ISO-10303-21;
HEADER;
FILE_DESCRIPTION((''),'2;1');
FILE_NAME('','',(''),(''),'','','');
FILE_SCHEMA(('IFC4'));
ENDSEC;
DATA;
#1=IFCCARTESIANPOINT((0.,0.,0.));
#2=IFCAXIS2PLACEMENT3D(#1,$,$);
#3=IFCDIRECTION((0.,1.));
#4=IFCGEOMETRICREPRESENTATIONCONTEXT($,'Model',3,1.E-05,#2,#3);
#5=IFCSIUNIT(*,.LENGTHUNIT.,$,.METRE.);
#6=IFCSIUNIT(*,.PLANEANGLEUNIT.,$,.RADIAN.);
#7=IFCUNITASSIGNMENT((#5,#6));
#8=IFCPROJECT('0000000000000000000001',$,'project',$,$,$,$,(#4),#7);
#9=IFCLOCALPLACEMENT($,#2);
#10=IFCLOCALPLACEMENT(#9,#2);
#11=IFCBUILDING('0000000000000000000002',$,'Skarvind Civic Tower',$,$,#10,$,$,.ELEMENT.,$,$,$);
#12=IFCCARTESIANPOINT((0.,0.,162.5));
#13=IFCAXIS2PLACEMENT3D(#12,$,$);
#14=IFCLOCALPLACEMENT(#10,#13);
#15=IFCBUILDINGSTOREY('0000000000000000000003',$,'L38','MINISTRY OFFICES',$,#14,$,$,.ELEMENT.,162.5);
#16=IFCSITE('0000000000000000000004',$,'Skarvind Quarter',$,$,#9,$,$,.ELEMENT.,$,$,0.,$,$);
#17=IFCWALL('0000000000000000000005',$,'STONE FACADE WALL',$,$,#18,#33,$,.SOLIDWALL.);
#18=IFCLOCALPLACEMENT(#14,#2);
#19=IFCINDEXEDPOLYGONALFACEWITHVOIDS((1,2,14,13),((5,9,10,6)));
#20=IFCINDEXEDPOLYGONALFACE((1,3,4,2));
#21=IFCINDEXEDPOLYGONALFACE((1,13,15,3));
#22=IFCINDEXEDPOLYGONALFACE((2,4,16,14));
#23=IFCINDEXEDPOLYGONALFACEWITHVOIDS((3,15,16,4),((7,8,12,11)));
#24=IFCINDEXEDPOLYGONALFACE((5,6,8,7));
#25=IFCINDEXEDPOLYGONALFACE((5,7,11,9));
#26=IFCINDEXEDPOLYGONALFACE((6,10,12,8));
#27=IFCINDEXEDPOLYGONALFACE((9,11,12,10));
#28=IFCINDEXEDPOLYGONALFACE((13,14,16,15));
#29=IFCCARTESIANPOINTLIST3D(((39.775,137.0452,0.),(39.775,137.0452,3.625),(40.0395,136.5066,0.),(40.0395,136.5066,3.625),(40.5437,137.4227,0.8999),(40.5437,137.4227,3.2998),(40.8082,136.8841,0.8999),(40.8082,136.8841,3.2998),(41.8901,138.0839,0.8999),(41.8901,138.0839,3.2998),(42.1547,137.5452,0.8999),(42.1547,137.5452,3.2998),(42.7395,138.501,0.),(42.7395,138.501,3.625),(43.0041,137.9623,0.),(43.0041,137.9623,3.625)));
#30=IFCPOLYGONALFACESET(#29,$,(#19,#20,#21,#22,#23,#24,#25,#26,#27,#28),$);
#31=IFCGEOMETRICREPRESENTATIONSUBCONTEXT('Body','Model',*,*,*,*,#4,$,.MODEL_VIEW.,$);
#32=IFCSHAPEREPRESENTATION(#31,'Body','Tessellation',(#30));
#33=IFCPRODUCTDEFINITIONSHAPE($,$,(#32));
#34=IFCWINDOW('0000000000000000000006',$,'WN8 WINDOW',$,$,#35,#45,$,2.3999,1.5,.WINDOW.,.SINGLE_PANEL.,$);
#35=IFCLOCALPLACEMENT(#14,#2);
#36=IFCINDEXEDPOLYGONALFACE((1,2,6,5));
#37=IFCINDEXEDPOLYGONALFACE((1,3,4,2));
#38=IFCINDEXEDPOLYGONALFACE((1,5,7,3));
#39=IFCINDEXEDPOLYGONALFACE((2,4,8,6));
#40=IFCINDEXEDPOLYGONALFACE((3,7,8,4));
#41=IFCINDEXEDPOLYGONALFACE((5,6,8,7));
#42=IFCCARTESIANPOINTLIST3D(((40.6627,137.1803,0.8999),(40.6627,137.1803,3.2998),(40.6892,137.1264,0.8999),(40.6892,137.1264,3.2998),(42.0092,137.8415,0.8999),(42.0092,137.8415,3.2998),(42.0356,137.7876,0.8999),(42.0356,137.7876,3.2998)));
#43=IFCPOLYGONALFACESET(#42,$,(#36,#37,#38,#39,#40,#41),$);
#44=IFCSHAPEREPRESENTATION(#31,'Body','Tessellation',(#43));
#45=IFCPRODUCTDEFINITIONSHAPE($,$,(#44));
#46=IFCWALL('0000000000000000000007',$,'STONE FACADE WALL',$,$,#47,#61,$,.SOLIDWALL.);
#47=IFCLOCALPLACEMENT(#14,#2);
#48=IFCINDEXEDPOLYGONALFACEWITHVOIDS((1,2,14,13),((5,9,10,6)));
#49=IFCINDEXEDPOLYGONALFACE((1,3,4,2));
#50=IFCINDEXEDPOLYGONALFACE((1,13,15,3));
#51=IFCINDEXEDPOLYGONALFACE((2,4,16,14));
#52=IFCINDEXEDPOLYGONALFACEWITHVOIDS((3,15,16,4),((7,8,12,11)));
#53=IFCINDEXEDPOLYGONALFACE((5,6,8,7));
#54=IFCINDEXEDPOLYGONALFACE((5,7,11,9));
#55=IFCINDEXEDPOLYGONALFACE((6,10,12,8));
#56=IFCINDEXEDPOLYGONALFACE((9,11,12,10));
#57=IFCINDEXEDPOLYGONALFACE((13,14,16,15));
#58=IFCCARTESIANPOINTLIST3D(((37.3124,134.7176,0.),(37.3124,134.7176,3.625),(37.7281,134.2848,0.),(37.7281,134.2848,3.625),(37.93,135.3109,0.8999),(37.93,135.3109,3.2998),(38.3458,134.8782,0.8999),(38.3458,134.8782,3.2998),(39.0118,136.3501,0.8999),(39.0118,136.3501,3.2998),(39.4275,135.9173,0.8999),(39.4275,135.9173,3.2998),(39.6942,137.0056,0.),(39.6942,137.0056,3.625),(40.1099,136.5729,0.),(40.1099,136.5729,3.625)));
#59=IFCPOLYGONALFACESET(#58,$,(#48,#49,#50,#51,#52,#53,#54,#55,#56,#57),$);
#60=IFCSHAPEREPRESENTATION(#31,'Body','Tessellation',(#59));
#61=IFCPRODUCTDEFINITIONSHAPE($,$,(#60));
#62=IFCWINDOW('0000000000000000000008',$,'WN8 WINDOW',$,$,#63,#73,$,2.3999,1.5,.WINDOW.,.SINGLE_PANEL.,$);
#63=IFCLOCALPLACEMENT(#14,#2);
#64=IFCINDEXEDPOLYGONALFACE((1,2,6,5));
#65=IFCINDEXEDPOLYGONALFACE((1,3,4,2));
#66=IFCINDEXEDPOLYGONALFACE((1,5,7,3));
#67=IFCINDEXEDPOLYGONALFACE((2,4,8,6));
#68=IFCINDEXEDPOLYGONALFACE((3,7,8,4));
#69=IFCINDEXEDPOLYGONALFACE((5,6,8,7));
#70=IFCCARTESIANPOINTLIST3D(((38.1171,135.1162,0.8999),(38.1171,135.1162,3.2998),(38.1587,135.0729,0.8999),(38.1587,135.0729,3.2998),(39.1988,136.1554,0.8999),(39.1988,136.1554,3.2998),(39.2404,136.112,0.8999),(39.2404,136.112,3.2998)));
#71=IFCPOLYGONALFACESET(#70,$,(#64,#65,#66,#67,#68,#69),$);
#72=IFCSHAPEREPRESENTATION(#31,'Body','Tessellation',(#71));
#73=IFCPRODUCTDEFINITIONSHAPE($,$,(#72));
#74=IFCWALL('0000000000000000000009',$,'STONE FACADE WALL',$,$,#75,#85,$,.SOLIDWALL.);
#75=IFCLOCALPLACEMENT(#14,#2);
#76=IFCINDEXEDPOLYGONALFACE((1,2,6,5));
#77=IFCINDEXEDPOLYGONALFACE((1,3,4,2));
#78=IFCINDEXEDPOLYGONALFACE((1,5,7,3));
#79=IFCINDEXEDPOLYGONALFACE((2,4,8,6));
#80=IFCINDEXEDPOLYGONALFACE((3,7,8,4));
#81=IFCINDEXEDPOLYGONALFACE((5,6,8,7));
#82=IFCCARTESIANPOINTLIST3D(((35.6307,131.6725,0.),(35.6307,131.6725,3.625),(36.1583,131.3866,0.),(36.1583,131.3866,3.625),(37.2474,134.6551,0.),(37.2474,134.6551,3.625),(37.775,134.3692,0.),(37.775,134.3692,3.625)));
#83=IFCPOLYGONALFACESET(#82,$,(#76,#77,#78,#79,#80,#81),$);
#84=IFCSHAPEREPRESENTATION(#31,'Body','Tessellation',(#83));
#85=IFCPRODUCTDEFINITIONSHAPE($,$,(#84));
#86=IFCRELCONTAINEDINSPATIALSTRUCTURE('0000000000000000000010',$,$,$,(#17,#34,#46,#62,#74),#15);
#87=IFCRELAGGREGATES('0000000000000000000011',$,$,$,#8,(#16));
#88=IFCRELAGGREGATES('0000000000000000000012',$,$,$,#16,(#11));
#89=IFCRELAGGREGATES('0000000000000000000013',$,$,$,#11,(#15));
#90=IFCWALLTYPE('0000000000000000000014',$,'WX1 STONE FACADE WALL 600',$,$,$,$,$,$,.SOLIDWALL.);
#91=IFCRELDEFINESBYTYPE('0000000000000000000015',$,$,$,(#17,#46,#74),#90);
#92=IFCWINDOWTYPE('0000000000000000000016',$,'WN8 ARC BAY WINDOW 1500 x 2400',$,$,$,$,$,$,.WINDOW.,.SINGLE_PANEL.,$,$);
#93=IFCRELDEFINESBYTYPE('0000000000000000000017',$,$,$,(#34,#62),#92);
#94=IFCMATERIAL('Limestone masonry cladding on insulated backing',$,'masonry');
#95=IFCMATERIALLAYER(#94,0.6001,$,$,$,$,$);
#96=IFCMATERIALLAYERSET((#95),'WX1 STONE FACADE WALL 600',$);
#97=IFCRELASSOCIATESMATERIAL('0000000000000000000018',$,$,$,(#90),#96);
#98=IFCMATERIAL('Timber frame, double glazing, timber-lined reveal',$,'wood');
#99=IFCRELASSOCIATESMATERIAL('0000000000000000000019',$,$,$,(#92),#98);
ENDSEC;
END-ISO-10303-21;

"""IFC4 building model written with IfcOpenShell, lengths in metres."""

from ifc_helpers import new_model, si_unit, direction, frame, frame_2d, origin, place, context, subcontext, project, spatial, rectangle, extrude, material, layer, layer_set, type_object, element, fill, save


model = new_model("IFC4")

# Units and contexts
model_context = context("Model", 3, precision=1e-05, world=origin(), true_north=direction((0.0, 1.0)))
body_context = subcontext(model_context, "Body", "Model", "MODEL_VIEW")
ifc_project = project(units=[si_unit("LENGTHUNIT", "METRE"), si_unit("PLANEANGLEUNIT", "RADIAN")], contexts=[model_context])

# Site, building, storey
site_placement = place(None, origin())
site = spatial("IfcSite", under=ifc_project, at=site_placement, Name="Skarvind Quarter", CompositionType="ELEMENT", RefElevation=0.0)
building_placement = place(site_placement, origin())
building = spatial("IfcBuilding", under=site, at=building_placement, Name="Skarvind Civic Tower", CompositionType="ELEMENT")
storey_placement = place(building_placement, frame((0.0, 0.0, 162.5)))
storey = spatial("IfcBuildingStorey", under=building, at=storey_placement, Name="L38", Description="MINISTRY OFFICES", CompositionType="ELEMENT", Elevation=162.5)

# Walls, openings, windows
ifc_material_1 = material(Name="Limestone masonry cladding on insulated backing", Category="masonry")
ifc_layer_1 = layer(ifc_material_1, 0.6001)
ifc_layer_set_1 = layer_set([ifc_layer_1], Name="WX1 STONE FACADE WALL 600")
wall_type_1 = type_object("IfcWallType", Name="WX1 STONE FACADE WALL 600", PredefinedType="SOLIDWALL", material=ifc_layer_set_1)
ifc_material_2 = material(Name="Timber frame, double glazing, timber-lined reveal", Category="wood")
window_type = type_object("IfcWindowType", Name="WN8 ARC BAY WINDOW 1500 x 2400", PartitioningType="SINGLE_PANEL", PredefinedType="WINDOW", material=ifc_material_2)
wall_1_placement = place(storey_placement, frame((39.9072, 136.7759, 0.0), z_axis=(0.0, 0.0, 1.0), x_axis=(0.897612, 0.440786, 0.0)))
wall_1 = element("IfcWall", 1, at=wall_1_placement, inside=storey, type_object=wall_type_1, Name="STONE FACADE WALL", PredefinedType="SOLIDWALL", context=body_context, shape_type="SweptSolid", body=[
    extrude(rectangle(XDim=3.3027, YDim=0.6001, at=frame_2d((1.6514, 0.0))), origin(), (0.0, 0.0, 1.0), 3.625),
])
opening_1_placement = place(wall_1_placement, frame((0.8564, 0.0, 0.8999)))
opening_1 = element("IfcOpeningElement", 2, at=opening_1_placement, cuts=wall_1, PredefinedType="OPENING", context=body_context, shape_type="SweptSolid", body=[
    extrude(rectangle(XDim=1.5, YDim=2.3999, at=frame_2d((0.75, 1.2))), frame((0.0, 0.3101, 0.0), z_axis=(0.0, -1.0, 0.0), x_axis=(1.0, 0.0, 0.0)), (0.0, 0.0, 1.0), 0.6201),
])
window_1_placement = place(opening_1_placement, origin())
window_1 = element("IfcWindow", 3, at=window_1_placement, inside=storey, type_object=window_type, Name="WN8 WINDOW", OverallHeight=2.3999, OverallWidth=1.5, PartitioningType="SINGLE_PANEL", PredefinedType="WINDOW", context=body_context, shape_type="SweptSolid", body=[
    extrude(rectangle(XDim=1.5, YDim=2.3999, at=frame_2d((0.75, 1.2))), frame((0.0, 0.03, 0.0), z_axis=(0.0, -1.0, 0.0), x_axis=(1.0, 0.0, 0.0)), (0.0, 0.0, 1.0), 0.0601),
])
fill(opening_1, window_1)
wall_2_placement = place(storey_placement, frame((37.5203, 134.5012, 0.0), z_axis=(0.0, 0.0, 1.0), x_axis=(0.721157, 0.692772, 0.0)))
wall_2 = element("IfcWall", 4, at=wall_2_placement, inside=storey, type_object=wall_type_1, Name="STONE FACADE WALL", PredefinedType="SOLIDWALL", context=body_context, shape_type="SweptSolid", body=[
    extrude(rectangle(XDim=3.3027, YDim=0.6001, at=frame_2d((1.6514, 0.0))), origin(), (0.0, 0.0, 1.0), 3.625),
])
opening_2_placement = place(wall_2_placement, frame((0.8564, 0.0, 0.8999)))
opening_2 = element("IfcOpeningElement", 5, at=opening_2_placement, cuts=wall_2, PredefinedType="OPENING", context=body_context, shape_type="SweptSolid", body=[
    extrude(rectangle(XDim=1.5, YDim=2.3999, at=frame_2d((0.75, 1.2))), frame((0.0, 0.3101, 0.0), z_axis=(0.0, -1.0, 0.0), x_axis=(1.0, 0.0, 0.0)), (0.0, 0.0, 1.0), 0.6201),
])
window_2_placement = place(opening_2_placement, origin())
window_2 = element("IfcWindow", 6, at=window_2_placement, inside=storey, type_object=window_type, Name="WN8 WINDOW", OverallHeight=2.3999, OverallWidth=1.5, PartitioningType="SINGLE_PANEL", PredefinedType="WINDOW", context=body_context, shape_type="SweptSolid", body=[
    extrude(rectangle(XDim=1.5, YDim=2.3999, at=frame_2d((0.75, 1.2))), frame((0.0, 0.03, 0.0), z_axis=(0.0, -1.0, 0.0), x_axis=(1.0, 0.0, 0.0)), (0.0, 0.0, 1.0), 0.0601),
])
fill(opening_2, window_2)

# Wall
wall_3_placement = place(storey_placement, frame((35.8945, 131.5295, 0.0), z_axis=(0.0, 0.0, 1.0), x_axis=(0.476531, 0.879158, 0.0)))
element("IfcWall", 7, at=wall_3_placement, inside=storey, type_object=wall_type_1, Name="STONE FACADE WALL", PredefinedType="SOLIDWALL", context=body_context, shape_type="SweptSolid", body=[
    extrude(rectangle(XDim=3.3926, YDim=0.6001, at=frame_2d((1.6963, 0.0))), origin(), (0.0, 0.0, 1.0), 3.625),
])

save(model, "model.ifc")
